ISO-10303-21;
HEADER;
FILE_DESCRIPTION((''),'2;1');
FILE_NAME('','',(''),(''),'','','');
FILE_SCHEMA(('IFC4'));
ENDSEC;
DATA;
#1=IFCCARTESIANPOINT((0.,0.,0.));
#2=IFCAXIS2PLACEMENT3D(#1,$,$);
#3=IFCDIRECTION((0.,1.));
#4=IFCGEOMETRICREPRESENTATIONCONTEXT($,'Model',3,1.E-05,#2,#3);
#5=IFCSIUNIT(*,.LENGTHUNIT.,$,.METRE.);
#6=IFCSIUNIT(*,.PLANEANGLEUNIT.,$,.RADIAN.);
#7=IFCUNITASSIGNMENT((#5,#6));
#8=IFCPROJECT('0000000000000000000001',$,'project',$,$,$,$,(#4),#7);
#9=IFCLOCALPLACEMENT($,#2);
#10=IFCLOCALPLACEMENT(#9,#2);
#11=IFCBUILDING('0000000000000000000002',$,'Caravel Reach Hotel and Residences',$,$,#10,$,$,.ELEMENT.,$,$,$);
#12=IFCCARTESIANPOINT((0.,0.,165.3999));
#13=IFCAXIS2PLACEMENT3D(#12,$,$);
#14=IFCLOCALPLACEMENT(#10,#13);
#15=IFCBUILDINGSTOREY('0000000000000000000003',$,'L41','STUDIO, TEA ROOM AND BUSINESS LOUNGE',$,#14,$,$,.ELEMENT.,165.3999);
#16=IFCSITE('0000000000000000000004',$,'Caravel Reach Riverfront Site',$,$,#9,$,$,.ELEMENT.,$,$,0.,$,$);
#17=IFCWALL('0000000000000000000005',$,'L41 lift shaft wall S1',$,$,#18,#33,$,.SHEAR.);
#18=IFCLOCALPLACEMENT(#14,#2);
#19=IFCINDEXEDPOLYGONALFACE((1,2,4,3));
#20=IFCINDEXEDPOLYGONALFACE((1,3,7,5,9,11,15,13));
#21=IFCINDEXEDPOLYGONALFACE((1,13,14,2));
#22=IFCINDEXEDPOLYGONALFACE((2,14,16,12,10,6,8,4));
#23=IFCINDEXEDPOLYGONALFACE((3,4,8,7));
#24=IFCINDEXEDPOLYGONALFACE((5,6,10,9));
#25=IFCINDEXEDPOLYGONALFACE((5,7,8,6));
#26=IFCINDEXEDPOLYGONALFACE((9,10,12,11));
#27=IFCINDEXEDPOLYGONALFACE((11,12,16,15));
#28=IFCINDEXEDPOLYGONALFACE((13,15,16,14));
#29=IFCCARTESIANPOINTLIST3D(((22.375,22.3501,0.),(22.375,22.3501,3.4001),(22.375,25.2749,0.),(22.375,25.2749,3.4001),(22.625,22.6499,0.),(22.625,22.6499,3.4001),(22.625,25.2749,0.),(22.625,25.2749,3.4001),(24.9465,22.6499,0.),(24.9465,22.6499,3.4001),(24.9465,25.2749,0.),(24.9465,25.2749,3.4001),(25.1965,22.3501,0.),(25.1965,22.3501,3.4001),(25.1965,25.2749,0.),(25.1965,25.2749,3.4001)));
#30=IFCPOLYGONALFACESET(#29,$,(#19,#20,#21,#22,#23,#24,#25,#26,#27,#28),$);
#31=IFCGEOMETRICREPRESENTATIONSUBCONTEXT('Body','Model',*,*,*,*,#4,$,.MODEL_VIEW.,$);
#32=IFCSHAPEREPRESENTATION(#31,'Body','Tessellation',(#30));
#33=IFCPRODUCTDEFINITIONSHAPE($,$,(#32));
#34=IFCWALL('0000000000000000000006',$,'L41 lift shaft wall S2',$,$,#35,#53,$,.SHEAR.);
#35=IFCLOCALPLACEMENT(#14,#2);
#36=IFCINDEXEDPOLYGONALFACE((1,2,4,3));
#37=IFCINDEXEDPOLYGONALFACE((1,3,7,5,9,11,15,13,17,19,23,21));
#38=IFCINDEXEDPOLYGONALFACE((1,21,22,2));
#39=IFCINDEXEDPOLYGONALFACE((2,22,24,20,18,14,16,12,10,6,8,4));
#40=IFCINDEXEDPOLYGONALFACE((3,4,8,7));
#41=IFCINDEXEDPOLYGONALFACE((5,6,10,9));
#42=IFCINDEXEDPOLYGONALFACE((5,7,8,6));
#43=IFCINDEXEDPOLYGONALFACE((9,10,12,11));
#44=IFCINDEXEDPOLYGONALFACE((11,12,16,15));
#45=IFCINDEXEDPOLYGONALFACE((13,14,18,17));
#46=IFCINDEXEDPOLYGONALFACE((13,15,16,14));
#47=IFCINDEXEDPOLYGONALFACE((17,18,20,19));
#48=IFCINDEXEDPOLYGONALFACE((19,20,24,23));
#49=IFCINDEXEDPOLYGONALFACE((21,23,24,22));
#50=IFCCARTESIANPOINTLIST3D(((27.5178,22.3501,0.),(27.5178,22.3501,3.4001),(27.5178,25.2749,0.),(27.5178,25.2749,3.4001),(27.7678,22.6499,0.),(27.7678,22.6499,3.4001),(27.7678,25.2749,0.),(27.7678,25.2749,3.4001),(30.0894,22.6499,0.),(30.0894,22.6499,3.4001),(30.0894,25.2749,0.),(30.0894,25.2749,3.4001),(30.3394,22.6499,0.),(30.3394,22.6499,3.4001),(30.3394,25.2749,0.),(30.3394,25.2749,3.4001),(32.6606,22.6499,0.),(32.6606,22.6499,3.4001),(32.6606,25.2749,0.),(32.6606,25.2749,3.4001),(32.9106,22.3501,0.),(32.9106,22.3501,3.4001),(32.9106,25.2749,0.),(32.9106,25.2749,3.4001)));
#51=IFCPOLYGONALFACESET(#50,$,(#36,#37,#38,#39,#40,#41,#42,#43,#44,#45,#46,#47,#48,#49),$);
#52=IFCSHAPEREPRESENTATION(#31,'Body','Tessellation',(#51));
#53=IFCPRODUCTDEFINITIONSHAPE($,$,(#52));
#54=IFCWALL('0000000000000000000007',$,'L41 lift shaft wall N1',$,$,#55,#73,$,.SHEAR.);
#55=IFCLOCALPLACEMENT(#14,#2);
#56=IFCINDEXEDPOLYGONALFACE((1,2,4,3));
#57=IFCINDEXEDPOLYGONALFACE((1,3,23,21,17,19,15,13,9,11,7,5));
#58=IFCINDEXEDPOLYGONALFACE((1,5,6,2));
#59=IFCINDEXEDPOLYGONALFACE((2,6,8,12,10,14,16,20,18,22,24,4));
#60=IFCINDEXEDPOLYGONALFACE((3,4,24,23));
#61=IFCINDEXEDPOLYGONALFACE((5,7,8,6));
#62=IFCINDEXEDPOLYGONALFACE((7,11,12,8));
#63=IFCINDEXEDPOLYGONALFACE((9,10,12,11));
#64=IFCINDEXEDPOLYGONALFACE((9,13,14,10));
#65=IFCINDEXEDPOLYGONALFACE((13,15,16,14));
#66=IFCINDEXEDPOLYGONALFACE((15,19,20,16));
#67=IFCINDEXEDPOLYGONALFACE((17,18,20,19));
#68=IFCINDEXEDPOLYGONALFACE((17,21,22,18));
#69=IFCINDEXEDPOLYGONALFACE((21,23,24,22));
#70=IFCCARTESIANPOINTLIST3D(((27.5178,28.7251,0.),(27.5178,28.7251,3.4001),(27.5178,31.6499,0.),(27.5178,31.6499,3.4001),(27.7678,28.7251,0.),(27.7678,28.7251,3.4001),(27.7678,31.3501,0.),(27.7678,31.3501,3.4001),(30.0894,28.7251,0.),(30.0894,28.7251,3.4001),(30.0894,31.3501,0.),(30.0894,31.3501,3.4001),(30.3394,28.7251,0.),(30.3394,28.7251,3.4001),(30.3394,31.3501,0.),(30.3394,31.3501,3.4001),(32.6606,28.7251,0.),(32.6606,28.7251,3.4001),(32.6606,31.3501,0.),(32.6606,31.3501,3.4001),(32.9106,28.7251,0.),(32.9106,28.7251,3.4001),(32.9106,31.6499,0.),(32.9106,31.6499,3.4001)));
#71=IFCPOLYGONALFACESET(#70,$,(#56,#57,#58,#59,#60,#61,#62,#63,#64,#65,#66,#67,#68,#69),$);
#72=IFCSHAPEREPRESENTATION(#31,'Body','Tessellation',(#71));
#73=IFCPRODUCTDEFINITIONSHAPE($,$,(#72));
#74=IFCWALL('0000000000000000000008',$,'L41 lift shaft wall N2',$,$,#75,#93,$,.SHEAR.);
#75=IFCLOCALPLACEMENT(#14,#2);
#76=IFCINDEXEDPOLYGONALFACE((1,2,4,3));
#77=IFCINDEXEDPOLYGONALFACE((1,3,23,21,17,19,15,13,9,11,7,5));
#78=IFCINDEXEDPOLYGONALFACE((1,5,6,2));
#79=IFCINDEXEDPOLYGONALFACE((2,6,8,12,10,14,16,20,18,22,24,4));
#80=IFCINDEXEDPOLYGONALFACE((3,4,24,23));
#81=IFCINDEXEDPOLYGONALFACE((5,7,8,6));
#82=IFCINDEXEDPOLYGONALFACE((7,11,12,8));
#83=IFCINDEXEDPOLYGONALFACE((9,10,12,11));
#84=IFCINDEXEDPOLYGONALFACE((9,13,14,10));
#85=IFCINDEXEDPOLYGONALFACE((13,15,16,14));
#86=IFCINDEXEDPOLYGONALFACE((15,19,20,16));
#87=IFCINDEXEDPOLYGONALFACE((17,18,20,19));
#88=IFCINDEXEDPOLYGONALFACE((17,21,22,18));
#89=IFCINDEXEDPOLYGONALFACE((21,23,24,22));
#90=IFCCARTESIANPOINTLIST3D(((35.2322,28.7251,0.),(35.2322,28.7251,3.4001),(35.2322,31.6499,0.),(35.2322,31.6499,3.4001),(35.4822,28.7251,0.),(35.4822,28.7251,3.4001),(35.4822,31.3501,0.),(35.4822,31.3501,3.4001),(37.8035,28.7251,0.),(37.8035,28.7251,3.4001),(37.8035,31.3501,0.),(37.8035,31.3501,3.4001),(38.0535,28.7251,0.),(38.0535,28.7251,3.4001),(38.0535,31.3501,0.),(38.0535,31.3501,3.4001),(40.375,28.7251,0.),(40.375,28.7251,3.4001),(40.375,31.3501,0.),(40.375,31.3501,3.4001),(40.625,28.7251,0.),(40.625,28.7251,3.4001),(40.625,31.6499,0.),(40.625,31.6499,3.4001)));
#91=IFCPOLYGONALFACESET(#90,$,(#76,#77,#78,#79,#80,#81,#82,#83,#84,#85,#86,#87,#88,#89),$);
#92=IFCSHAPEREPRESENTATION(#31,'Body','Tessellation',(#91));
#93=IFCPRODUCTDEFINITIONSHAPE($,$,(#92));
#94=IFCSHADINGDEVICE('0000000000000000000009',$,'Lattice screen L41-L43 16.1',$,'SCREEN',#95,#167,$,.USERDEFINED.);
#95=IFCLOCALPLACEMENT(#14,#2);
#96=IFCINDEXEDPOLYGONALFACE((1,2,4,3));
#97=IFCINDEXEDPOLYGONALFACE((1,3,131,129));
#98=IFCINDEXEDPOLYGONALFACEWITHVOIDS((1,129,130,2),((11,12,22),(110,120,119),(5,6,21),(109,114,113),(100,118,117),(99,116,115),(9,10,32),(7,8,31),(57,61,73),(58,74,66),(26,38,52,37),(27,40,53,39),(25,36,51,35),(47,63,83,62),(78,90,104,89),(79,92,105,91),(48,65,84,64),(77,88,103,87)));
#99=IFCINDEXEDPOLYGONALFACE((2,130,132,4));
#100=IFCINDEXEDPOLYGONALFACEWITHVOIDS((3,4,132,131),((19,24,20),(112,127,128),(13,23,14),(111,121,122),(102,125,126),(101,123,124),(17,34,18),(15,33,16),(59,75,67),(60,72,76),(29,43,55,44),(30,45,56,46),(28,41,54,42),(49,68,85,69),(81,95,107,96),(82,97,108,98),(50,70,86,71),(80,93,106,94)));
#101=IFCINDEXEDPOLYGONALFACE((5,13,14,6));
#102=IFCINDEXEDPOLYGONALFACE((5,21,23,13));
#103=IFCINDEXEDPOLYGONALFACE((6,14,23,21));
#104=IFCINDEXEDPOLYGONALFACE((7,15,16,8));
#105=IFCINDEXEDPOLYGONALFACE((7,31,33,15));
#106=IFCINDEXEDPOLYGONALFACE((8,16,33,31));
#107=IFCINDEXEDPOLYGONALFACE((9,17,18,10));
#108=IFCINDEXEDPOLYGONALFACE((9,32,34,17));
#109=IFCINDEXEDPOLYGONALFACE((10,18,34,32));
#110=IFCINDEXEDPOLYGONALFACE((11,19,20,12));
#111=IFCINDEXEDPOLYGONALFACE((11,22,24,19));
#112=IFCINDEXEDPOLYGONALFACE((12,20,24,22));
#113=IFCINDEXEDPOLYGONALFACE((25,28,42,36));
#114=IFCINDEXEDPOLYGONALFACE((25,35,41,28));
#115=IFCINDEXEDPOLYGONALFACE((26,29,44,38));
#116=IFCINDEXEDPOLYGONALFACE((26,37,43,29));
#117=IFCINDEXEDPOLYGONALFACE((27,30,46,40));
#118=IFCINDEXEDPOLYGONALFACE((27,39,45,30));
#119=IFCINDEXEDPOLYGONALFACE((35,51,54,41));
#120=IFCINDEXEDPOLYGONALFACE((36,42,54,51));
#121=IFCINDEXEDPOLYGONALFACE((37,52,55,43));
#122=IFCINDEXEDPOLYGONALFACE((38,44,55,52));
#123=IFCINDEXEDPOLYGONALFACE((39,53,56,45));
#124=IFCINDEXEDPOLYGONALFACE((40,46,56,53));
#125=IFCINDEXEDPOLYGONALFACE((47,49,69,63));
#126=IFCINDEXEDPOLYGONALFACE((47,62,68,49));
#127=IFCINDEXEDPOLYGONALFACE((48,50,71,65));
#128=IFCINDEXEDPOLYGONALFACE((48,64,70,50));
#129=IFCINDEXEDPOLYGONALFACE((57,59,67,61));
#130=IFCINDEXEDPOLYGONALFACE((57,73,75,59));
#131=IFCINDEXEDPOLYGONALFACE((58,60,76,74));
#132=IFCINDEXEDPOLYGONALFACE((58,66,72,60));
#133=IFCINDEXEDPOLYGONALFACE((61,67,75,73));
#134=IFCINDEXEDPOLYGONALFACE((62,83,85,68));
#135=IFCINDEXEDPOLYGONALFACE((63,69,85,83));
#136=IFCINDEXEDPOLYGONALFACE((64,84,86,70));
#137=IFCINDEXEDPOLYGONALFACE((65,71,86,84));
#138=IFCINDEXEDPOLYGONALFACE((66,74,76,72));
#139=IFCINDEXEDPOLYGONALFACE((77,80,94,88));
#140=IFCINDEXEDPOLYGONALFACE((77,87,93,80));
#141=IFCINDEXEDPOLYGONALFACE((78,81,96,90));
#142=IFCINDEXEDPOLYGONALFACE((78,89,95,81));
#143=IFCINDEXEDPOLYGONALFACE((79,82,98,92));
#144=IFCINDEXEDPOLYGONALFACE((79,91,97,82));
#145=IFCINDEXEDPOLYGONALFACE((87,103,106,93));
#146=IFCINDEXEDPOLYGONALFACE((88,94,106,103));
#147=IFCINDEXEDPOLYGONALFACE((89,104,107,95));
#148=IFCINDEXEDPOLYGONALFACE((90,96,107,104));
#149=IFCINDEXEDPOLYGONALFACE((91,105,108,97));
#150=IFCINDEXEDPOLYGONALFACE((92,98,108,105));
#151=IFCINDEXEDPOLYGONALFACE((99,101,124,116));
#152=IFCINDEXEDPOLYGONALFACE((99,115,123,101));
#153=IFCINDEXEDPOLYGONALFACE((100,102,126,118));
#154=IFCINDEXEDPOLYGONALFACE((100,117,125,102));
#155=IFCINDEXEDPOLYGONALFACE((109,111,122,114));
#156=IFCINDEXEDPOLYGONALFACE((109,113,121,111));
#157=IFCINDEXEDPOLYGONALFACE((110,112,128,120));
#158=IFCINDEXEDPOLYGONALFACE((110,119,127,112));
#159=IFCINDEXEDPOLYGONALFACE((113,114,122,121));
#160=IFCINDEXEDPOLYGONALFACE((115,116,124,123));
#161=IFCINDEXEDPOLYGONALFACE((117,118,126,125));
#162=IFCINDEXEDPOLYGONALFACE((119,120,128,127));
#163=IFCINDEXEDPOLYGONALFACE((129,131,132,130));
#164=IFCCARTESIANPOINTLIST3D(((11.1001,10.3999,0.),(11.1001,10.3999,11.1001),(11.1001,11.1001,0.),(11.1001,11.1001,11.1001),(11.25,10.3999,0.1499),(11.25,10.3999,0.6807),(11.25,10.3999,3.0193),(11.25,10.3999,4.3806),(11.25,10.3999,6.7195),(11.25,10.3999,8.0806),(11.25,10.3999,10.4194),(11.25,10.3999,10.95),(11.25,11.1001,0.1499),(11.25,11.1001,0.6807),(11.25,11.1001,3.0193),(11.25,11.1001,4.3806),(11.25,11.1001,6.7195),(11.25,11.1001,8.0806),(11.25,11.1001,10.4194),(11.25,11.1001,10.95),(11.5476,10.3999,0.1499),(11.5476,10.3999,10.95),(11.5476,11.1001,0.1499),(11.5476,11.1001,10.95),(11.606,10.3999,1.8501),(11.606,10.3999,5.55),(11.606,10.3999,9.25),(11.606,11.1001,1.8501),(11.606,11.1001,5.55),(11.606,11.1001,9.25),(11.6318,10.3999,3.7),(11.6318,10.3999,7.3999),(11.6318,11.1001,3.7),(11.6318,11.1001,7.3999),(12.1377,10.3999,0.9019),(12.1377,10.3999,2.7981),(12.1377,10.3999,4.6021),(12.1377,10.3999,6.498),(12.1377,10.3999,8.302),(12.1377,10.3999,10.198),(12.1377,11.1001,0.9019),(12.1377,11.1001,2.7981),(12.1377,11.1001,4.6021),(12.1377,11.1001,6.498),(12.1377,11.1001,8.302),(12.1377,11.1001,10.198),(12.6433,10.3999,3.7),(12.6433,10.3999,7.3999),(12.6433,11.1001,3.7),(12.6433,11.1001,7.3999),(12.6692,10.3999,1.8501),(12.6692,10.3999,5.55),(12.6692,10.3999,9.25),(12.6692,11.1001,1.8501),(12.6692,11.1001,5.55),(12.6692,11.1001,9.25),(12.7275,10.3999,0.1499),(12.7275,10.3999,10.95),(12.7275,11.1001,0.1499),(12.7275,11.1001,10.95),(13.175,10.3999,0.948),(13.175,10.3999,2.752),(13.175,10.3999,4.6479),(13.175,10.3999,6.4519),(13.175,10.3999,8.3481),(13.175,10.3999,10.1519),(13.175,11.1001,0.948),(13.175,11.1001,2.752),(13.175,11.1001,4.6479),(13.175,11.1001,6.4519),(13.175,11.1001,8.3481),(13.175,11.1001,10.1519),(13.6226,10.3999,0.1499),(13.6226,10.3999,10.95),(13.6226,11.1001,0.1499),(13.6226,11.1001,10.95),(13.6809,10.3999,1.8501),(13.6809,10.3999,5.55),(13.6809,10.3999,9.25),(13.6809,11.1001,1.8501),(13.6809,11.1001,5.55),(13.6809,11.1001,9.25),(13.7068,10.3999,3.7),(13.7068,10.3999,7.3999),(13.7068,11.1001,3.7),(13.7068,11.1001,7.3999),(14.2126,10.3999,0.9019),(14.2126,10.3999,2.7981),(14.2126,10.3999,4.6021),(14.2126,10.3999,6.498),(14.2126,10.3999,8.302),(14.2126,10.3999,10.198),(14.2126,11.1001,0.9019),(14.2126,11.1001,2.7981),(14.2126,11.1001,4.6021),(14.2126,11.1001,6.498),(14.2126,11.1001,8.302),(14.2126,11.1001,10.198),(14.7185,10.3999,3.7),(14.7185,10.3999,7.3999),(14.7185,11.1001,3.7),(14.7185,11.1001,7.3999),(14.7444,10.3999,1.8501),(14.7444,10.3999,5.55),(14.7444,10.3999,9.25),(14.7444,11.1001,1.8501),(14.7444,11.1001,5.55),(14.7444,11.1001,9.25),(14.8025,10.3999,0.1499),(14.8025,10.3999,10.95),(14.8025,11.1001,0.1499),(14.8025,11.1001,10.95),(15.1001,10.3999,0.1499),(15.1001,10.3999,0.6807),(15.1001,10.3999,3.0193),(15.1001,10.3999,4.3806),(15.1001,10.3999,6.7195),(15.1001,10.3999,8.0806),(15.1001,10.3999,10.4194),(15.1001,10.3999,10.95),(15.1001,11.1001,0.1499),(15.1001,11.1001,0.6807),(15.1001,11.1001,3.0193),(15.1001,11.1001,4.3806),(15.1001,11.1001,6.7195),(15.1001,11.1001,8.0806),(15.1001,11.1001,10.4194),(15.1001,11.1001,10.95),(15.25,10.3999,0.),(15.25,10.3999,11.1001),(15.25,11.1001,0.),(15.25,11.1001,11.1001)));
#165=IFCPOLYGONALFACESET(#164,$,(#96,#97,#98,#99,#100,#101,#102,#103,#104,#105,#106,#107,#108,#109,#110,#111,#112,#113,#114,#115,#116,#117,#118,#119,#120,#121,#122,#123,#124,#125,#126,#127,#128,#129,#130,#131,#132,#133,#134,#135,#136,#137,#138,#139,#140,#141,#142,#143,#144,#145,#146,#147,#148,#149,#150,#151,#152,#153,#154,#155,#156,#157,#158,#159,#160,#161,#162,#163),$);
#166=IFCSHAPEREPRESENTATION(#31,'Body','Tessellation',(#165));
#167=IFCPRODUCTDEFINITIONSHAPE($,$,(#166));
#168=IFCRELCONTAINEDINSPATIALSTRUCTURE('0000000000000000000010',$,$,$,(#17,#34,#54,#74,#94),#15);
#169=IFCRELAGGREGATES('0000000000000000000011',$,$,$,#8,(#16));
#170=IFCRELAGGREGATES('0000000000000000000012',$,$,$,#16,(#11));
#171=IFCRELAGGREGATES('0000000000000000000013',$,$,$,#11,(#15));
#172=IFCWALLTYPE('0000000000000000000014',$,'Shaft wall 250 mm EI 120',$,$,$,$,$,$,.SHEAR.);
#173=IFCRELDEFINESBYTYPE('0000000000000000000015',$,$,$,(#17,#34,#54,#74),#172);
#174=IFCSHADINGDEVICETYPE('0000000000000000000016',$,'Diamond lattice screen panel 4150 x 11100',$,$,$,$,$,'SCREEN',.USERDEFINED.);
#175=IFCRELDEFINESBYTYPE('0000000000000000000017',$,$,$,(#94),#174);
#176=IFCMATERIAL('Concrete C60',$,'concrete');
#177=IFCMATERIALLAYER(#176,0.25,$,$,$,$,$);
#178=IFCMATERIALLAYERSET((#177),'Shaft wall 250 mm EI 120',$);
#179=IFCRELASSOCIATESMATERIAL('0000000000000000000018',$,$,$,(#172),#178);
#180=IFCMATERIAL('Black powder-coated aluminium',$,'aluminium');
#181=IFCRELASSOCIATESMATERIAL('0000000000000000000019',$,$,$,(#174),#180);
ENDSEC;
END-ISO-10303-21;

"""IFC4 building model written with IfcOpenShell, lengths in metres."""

from ifc_helpers import new_model, si_unit, direction, frame, origin, place, context, subcontext, project, spatial, polyline, outline, extrude, material, layer, layer_set, type_object, element, save


model = new_model("IFC4")

# Units and contexts
model_context = context("Model", 3, precision=1e-05, world=origin(), true_north=direction((0.0, 1.0)))
body_context = subcontext(model_context, "Body", "Model", "MODEL_VIEW")
ifc_project = project(units=[si_unit("LENGTHUNIT", "METRE"), si_unit("PLANEANGLEUNIT", "RADIAN")], contexts=[model_context])

# Site, building, storey
site_placement = place(None, origin())
site = spatial("IfcSite", under=ifc_project, at=site_placement, Name="Caravel Reach Riverfront Site", CompositionType="ELEMENT", RefElevation=0.0)
building_placement = place(site_placement, origin())
building = spatial("IfcBuilding", under=site, at=building_placement, Name="Caravel Reach Hotel and Residences", CompositionType="ELEMENT")
storey_placement = place(building_placement, frame((0.0, 0.0, 165.3999)))
storey = spatial("IfcBuildingStorey", under=building, at=storey_placement, Name="L41", Description="STUDIO, TEA ROOM AND BUSINESS LOUNGE", CompositionType="ELEMENT", Elevation=165.3999)

# Walls
ifc_material_1 = material(Name="Concrete C60", Category="concrete")
ifc_layer_1 = layer(ifc_material_1, 0.25)
ifc_layer_set_1 = layer_set([ifc_layer_1], Name="Shaft wall 250 mm EI 120")
wall_type_1 = type_object("IfcWallType", Name="Shaft wall 250 mm EI 120", PredefinedType="SHEAR", material=ifc_layer_set_1)
wall_1_placement = place(storey_placement, origin())
element("IfcWall", 1, at=wall_1_placement, inside=storey, type_object=wall_type_1, Name="L41 lift shaft wall S1", PredefinedType="SHEAR", context=body_context, shape_type="SweptSolid", body=[
    extrude(outline(polyline([(22.375, 22.3501), (25.1965, 22.3501), (25.1965, 25.2749), (24.9465, 25.2749), (24.9465, 22.6499), (22.625, 22.6499), (22.625, 25.2749), (22.375, 25.2749), (22.375, 22.3501)])), origin(), (0.0, 0.0, 1.0), 3.4001),
])
wall_2_placement = place(storey_placement, origin())
element("IfcWall", 2, at=wall_2_placement, inside=storey, type_object=wall_type_1, Name="L41 lift shaft wall S2", PredefinedType="SHEAR", context=body_context, shape_type="SweptSolid", body=[
    extrude(outline(polyline([(27.5178, 22.3501), (32.9106, 22.3501), (32.9106, 25.2749), (32.6606, 25.2749), (32.6606, 22.6499), (30.3394, 22.6499), (30.3394, 25.2749), (30.0894, 25.2749), (30.0894, 22.6499), (27.7678, 22.6499), (27.7678, 25.2749), (27.5178, 25.2749), (27.5178, 22.3501)])), origin(), (0.0, 0.0, 1.0), 3.4001),
])
wall_3_placement = place(storey_placement, origin())
element("IfcWall", 3, at=wall_3_placement, inside=storey, type_object=wall_type_1, Name="L41 lift shaft wall N1", PredefinedType="SHEAR", context=body_context, shape_type="SweptSolid", body=[
    extrude(outline(polyline([(27.5178, 28.7251), (27.7678, 28.7251), (27.7678, 31.3501), (30.0894, 31.3501), (30.0894, 28.7251), (30.3394, 28.7251), (30.3394, 31.3501), (32.6606, 31.3501), (32.6606, 28.7251), (32.9106, 28.7251), (32.9106, 31.6499), (27.5178, 31.6499), (27.5178, 28.7251)])), origin(), (0.0, 0.0, 1.0), 3.4001),
])
wall_4_placement = place(storey_placement, origin())
element("IfcWall", 4, at=wall_4_placement, inside=storey, type_object=wall_type_1, Name="L41 lift shaft wall N2", PredefinedType="SHEAR", context=body_context, shape_type="SweptSolid", body=[
    extrude(outline(polyline([(35.2322, 28.7251), (35.4822, 28.7251), (35.4822, 31.3501), (37.8035, 31.3501), (37.8035, 28.7251), (38.0535, 28.7251), (38.0535, 31.3501), (40.375, 31.3501), (40.375, 28.7251), (40.625, 28.7251), (40.625, 31.6499), (35.2322, 31.6499), (35.2322, 28.7251)])), origin(), (0.0, 0.0, 1.0), 3.4001),
])

# Shading device
ifc_material_2 = material(Name="Black powder-coated aluminium", Category="aluminium")
shading_device_type_1 = type_object("IfcShadingDeviceType", Name="Diamond lattice screen panel 4150 x 11100", ElementType="SCREEN", PredefinedType="USERDEFINED", material=ifc_material_2)
shading_device_1_placement = place(storey_placement, frame((11.1001, 11.1001, 0.0), z_axis=(0.0, -1.0, 0.0), x_axis=(1.0, 0.0, 0.0)))
element("IfcShadingDevice", 5, at=shading_device_1_placement, inside=storey, type_object=shading_device_type_1, Name="Lattice screen L41-L43 16.1", ObjectType="SCREEN", PredefinedType="USERDEFINED", context=body_context, shape_type="SweptSolid", body=[
    extrude(outline(polyline([(0.0, 0.0), (4.1499, 0.0), (4.1499, 11.1001), (0.0, 11.1001), (0.0, 0.0)]), holes=[polyline([(0.4475, 0.1499), (0.1499, 0.6807), (0.1499, 0.1499), (0.4475, 0.1499)]), polyline([(0.5317, 3.7), (0.1499, 4.3806), (0.1499, 3.0193), (0.5317, 3.7)]), polyline([(0.5317, 7.3999), (0.1499, 8.0806), (0.1499, 6.7195), (0.5317, 7.3999)]), polyline([(0.1499, 10.4194), (0.4475, 10.95), (0.1499, 10.95), (0.1499, 10.4194)]), polyline([(1.0376, 2.7981), (0.5059, 1.8501), (1.0376, 0.9019), (1.5691, 1.8501), (1.0376, 2.7981)]), polyline([(1.0376, 6.498), (0.5059, 5.55), (1.0376, 4.6021), (1.5691, 5.55), (1.0376, 6.498)]), polyline([(1.0376, 10.198), (0.5059, 9.25), (1.0376, 8.302), (1.5691, 9.25), (1.0376, 10.198)]), polyline([(2.075, 0.948), (1.6274, 0.1499), (2.5225, 0.1499), (2.075, 0.948)]), polyline([(2.075, 4.6479), (1.5432, 3.7), (2.075, 2.752), (2.6067, 3.7), (2.075, 4.6479)]), polyline([(2.075, 8.3481), (1.5432, 7.3999), (2.075, 6.4519), (2.6067, 7.3999), (2.075, 8.3481)]), polyline([(2.075, 10.1519), (2.5225, 10.95), (1.6274, 10.95), (2.075, 10.1519)]), polyline([(3.1125, 2.7981), (2.5808, 1.8501), (3.1125, 0.9019), (3.6443, 1.8501), (3.1125, 2.7981)]), polyline([(3.1125, 6.498), (2.5808, 5.55), (3.1125, 4.6021), (3.6443, 5.55), (3.1125, 6.498)]), polyline([(3.1125, 10.198), (2.5808, 9.25), (3.1125, 8.302), (3.6443, 9.25), (3.1125, 10.198)]), polyline([(4.0, 0.6807), (3.7024, 0.1499), (4.0, 0.1499), (4.0, 0.6807)]), polyline([(3.6184, 3.7), (4.0, 3.0193), (4.0, 4.3806), (3.6184, 3.7)]), polyline([(3.6184, 7.3999), (4.0, 6.7195), (4.0, 8.0806), (3.6184, 7.3999)]), polyline([(3.7024, 10.95), (4.0, 10.4194), (4.0, 10.95), (3.7024, 10.95)])]), origin(), (0.0, 0.0, 1.0), 0.7002),
])

save(model, "model.ifc")
